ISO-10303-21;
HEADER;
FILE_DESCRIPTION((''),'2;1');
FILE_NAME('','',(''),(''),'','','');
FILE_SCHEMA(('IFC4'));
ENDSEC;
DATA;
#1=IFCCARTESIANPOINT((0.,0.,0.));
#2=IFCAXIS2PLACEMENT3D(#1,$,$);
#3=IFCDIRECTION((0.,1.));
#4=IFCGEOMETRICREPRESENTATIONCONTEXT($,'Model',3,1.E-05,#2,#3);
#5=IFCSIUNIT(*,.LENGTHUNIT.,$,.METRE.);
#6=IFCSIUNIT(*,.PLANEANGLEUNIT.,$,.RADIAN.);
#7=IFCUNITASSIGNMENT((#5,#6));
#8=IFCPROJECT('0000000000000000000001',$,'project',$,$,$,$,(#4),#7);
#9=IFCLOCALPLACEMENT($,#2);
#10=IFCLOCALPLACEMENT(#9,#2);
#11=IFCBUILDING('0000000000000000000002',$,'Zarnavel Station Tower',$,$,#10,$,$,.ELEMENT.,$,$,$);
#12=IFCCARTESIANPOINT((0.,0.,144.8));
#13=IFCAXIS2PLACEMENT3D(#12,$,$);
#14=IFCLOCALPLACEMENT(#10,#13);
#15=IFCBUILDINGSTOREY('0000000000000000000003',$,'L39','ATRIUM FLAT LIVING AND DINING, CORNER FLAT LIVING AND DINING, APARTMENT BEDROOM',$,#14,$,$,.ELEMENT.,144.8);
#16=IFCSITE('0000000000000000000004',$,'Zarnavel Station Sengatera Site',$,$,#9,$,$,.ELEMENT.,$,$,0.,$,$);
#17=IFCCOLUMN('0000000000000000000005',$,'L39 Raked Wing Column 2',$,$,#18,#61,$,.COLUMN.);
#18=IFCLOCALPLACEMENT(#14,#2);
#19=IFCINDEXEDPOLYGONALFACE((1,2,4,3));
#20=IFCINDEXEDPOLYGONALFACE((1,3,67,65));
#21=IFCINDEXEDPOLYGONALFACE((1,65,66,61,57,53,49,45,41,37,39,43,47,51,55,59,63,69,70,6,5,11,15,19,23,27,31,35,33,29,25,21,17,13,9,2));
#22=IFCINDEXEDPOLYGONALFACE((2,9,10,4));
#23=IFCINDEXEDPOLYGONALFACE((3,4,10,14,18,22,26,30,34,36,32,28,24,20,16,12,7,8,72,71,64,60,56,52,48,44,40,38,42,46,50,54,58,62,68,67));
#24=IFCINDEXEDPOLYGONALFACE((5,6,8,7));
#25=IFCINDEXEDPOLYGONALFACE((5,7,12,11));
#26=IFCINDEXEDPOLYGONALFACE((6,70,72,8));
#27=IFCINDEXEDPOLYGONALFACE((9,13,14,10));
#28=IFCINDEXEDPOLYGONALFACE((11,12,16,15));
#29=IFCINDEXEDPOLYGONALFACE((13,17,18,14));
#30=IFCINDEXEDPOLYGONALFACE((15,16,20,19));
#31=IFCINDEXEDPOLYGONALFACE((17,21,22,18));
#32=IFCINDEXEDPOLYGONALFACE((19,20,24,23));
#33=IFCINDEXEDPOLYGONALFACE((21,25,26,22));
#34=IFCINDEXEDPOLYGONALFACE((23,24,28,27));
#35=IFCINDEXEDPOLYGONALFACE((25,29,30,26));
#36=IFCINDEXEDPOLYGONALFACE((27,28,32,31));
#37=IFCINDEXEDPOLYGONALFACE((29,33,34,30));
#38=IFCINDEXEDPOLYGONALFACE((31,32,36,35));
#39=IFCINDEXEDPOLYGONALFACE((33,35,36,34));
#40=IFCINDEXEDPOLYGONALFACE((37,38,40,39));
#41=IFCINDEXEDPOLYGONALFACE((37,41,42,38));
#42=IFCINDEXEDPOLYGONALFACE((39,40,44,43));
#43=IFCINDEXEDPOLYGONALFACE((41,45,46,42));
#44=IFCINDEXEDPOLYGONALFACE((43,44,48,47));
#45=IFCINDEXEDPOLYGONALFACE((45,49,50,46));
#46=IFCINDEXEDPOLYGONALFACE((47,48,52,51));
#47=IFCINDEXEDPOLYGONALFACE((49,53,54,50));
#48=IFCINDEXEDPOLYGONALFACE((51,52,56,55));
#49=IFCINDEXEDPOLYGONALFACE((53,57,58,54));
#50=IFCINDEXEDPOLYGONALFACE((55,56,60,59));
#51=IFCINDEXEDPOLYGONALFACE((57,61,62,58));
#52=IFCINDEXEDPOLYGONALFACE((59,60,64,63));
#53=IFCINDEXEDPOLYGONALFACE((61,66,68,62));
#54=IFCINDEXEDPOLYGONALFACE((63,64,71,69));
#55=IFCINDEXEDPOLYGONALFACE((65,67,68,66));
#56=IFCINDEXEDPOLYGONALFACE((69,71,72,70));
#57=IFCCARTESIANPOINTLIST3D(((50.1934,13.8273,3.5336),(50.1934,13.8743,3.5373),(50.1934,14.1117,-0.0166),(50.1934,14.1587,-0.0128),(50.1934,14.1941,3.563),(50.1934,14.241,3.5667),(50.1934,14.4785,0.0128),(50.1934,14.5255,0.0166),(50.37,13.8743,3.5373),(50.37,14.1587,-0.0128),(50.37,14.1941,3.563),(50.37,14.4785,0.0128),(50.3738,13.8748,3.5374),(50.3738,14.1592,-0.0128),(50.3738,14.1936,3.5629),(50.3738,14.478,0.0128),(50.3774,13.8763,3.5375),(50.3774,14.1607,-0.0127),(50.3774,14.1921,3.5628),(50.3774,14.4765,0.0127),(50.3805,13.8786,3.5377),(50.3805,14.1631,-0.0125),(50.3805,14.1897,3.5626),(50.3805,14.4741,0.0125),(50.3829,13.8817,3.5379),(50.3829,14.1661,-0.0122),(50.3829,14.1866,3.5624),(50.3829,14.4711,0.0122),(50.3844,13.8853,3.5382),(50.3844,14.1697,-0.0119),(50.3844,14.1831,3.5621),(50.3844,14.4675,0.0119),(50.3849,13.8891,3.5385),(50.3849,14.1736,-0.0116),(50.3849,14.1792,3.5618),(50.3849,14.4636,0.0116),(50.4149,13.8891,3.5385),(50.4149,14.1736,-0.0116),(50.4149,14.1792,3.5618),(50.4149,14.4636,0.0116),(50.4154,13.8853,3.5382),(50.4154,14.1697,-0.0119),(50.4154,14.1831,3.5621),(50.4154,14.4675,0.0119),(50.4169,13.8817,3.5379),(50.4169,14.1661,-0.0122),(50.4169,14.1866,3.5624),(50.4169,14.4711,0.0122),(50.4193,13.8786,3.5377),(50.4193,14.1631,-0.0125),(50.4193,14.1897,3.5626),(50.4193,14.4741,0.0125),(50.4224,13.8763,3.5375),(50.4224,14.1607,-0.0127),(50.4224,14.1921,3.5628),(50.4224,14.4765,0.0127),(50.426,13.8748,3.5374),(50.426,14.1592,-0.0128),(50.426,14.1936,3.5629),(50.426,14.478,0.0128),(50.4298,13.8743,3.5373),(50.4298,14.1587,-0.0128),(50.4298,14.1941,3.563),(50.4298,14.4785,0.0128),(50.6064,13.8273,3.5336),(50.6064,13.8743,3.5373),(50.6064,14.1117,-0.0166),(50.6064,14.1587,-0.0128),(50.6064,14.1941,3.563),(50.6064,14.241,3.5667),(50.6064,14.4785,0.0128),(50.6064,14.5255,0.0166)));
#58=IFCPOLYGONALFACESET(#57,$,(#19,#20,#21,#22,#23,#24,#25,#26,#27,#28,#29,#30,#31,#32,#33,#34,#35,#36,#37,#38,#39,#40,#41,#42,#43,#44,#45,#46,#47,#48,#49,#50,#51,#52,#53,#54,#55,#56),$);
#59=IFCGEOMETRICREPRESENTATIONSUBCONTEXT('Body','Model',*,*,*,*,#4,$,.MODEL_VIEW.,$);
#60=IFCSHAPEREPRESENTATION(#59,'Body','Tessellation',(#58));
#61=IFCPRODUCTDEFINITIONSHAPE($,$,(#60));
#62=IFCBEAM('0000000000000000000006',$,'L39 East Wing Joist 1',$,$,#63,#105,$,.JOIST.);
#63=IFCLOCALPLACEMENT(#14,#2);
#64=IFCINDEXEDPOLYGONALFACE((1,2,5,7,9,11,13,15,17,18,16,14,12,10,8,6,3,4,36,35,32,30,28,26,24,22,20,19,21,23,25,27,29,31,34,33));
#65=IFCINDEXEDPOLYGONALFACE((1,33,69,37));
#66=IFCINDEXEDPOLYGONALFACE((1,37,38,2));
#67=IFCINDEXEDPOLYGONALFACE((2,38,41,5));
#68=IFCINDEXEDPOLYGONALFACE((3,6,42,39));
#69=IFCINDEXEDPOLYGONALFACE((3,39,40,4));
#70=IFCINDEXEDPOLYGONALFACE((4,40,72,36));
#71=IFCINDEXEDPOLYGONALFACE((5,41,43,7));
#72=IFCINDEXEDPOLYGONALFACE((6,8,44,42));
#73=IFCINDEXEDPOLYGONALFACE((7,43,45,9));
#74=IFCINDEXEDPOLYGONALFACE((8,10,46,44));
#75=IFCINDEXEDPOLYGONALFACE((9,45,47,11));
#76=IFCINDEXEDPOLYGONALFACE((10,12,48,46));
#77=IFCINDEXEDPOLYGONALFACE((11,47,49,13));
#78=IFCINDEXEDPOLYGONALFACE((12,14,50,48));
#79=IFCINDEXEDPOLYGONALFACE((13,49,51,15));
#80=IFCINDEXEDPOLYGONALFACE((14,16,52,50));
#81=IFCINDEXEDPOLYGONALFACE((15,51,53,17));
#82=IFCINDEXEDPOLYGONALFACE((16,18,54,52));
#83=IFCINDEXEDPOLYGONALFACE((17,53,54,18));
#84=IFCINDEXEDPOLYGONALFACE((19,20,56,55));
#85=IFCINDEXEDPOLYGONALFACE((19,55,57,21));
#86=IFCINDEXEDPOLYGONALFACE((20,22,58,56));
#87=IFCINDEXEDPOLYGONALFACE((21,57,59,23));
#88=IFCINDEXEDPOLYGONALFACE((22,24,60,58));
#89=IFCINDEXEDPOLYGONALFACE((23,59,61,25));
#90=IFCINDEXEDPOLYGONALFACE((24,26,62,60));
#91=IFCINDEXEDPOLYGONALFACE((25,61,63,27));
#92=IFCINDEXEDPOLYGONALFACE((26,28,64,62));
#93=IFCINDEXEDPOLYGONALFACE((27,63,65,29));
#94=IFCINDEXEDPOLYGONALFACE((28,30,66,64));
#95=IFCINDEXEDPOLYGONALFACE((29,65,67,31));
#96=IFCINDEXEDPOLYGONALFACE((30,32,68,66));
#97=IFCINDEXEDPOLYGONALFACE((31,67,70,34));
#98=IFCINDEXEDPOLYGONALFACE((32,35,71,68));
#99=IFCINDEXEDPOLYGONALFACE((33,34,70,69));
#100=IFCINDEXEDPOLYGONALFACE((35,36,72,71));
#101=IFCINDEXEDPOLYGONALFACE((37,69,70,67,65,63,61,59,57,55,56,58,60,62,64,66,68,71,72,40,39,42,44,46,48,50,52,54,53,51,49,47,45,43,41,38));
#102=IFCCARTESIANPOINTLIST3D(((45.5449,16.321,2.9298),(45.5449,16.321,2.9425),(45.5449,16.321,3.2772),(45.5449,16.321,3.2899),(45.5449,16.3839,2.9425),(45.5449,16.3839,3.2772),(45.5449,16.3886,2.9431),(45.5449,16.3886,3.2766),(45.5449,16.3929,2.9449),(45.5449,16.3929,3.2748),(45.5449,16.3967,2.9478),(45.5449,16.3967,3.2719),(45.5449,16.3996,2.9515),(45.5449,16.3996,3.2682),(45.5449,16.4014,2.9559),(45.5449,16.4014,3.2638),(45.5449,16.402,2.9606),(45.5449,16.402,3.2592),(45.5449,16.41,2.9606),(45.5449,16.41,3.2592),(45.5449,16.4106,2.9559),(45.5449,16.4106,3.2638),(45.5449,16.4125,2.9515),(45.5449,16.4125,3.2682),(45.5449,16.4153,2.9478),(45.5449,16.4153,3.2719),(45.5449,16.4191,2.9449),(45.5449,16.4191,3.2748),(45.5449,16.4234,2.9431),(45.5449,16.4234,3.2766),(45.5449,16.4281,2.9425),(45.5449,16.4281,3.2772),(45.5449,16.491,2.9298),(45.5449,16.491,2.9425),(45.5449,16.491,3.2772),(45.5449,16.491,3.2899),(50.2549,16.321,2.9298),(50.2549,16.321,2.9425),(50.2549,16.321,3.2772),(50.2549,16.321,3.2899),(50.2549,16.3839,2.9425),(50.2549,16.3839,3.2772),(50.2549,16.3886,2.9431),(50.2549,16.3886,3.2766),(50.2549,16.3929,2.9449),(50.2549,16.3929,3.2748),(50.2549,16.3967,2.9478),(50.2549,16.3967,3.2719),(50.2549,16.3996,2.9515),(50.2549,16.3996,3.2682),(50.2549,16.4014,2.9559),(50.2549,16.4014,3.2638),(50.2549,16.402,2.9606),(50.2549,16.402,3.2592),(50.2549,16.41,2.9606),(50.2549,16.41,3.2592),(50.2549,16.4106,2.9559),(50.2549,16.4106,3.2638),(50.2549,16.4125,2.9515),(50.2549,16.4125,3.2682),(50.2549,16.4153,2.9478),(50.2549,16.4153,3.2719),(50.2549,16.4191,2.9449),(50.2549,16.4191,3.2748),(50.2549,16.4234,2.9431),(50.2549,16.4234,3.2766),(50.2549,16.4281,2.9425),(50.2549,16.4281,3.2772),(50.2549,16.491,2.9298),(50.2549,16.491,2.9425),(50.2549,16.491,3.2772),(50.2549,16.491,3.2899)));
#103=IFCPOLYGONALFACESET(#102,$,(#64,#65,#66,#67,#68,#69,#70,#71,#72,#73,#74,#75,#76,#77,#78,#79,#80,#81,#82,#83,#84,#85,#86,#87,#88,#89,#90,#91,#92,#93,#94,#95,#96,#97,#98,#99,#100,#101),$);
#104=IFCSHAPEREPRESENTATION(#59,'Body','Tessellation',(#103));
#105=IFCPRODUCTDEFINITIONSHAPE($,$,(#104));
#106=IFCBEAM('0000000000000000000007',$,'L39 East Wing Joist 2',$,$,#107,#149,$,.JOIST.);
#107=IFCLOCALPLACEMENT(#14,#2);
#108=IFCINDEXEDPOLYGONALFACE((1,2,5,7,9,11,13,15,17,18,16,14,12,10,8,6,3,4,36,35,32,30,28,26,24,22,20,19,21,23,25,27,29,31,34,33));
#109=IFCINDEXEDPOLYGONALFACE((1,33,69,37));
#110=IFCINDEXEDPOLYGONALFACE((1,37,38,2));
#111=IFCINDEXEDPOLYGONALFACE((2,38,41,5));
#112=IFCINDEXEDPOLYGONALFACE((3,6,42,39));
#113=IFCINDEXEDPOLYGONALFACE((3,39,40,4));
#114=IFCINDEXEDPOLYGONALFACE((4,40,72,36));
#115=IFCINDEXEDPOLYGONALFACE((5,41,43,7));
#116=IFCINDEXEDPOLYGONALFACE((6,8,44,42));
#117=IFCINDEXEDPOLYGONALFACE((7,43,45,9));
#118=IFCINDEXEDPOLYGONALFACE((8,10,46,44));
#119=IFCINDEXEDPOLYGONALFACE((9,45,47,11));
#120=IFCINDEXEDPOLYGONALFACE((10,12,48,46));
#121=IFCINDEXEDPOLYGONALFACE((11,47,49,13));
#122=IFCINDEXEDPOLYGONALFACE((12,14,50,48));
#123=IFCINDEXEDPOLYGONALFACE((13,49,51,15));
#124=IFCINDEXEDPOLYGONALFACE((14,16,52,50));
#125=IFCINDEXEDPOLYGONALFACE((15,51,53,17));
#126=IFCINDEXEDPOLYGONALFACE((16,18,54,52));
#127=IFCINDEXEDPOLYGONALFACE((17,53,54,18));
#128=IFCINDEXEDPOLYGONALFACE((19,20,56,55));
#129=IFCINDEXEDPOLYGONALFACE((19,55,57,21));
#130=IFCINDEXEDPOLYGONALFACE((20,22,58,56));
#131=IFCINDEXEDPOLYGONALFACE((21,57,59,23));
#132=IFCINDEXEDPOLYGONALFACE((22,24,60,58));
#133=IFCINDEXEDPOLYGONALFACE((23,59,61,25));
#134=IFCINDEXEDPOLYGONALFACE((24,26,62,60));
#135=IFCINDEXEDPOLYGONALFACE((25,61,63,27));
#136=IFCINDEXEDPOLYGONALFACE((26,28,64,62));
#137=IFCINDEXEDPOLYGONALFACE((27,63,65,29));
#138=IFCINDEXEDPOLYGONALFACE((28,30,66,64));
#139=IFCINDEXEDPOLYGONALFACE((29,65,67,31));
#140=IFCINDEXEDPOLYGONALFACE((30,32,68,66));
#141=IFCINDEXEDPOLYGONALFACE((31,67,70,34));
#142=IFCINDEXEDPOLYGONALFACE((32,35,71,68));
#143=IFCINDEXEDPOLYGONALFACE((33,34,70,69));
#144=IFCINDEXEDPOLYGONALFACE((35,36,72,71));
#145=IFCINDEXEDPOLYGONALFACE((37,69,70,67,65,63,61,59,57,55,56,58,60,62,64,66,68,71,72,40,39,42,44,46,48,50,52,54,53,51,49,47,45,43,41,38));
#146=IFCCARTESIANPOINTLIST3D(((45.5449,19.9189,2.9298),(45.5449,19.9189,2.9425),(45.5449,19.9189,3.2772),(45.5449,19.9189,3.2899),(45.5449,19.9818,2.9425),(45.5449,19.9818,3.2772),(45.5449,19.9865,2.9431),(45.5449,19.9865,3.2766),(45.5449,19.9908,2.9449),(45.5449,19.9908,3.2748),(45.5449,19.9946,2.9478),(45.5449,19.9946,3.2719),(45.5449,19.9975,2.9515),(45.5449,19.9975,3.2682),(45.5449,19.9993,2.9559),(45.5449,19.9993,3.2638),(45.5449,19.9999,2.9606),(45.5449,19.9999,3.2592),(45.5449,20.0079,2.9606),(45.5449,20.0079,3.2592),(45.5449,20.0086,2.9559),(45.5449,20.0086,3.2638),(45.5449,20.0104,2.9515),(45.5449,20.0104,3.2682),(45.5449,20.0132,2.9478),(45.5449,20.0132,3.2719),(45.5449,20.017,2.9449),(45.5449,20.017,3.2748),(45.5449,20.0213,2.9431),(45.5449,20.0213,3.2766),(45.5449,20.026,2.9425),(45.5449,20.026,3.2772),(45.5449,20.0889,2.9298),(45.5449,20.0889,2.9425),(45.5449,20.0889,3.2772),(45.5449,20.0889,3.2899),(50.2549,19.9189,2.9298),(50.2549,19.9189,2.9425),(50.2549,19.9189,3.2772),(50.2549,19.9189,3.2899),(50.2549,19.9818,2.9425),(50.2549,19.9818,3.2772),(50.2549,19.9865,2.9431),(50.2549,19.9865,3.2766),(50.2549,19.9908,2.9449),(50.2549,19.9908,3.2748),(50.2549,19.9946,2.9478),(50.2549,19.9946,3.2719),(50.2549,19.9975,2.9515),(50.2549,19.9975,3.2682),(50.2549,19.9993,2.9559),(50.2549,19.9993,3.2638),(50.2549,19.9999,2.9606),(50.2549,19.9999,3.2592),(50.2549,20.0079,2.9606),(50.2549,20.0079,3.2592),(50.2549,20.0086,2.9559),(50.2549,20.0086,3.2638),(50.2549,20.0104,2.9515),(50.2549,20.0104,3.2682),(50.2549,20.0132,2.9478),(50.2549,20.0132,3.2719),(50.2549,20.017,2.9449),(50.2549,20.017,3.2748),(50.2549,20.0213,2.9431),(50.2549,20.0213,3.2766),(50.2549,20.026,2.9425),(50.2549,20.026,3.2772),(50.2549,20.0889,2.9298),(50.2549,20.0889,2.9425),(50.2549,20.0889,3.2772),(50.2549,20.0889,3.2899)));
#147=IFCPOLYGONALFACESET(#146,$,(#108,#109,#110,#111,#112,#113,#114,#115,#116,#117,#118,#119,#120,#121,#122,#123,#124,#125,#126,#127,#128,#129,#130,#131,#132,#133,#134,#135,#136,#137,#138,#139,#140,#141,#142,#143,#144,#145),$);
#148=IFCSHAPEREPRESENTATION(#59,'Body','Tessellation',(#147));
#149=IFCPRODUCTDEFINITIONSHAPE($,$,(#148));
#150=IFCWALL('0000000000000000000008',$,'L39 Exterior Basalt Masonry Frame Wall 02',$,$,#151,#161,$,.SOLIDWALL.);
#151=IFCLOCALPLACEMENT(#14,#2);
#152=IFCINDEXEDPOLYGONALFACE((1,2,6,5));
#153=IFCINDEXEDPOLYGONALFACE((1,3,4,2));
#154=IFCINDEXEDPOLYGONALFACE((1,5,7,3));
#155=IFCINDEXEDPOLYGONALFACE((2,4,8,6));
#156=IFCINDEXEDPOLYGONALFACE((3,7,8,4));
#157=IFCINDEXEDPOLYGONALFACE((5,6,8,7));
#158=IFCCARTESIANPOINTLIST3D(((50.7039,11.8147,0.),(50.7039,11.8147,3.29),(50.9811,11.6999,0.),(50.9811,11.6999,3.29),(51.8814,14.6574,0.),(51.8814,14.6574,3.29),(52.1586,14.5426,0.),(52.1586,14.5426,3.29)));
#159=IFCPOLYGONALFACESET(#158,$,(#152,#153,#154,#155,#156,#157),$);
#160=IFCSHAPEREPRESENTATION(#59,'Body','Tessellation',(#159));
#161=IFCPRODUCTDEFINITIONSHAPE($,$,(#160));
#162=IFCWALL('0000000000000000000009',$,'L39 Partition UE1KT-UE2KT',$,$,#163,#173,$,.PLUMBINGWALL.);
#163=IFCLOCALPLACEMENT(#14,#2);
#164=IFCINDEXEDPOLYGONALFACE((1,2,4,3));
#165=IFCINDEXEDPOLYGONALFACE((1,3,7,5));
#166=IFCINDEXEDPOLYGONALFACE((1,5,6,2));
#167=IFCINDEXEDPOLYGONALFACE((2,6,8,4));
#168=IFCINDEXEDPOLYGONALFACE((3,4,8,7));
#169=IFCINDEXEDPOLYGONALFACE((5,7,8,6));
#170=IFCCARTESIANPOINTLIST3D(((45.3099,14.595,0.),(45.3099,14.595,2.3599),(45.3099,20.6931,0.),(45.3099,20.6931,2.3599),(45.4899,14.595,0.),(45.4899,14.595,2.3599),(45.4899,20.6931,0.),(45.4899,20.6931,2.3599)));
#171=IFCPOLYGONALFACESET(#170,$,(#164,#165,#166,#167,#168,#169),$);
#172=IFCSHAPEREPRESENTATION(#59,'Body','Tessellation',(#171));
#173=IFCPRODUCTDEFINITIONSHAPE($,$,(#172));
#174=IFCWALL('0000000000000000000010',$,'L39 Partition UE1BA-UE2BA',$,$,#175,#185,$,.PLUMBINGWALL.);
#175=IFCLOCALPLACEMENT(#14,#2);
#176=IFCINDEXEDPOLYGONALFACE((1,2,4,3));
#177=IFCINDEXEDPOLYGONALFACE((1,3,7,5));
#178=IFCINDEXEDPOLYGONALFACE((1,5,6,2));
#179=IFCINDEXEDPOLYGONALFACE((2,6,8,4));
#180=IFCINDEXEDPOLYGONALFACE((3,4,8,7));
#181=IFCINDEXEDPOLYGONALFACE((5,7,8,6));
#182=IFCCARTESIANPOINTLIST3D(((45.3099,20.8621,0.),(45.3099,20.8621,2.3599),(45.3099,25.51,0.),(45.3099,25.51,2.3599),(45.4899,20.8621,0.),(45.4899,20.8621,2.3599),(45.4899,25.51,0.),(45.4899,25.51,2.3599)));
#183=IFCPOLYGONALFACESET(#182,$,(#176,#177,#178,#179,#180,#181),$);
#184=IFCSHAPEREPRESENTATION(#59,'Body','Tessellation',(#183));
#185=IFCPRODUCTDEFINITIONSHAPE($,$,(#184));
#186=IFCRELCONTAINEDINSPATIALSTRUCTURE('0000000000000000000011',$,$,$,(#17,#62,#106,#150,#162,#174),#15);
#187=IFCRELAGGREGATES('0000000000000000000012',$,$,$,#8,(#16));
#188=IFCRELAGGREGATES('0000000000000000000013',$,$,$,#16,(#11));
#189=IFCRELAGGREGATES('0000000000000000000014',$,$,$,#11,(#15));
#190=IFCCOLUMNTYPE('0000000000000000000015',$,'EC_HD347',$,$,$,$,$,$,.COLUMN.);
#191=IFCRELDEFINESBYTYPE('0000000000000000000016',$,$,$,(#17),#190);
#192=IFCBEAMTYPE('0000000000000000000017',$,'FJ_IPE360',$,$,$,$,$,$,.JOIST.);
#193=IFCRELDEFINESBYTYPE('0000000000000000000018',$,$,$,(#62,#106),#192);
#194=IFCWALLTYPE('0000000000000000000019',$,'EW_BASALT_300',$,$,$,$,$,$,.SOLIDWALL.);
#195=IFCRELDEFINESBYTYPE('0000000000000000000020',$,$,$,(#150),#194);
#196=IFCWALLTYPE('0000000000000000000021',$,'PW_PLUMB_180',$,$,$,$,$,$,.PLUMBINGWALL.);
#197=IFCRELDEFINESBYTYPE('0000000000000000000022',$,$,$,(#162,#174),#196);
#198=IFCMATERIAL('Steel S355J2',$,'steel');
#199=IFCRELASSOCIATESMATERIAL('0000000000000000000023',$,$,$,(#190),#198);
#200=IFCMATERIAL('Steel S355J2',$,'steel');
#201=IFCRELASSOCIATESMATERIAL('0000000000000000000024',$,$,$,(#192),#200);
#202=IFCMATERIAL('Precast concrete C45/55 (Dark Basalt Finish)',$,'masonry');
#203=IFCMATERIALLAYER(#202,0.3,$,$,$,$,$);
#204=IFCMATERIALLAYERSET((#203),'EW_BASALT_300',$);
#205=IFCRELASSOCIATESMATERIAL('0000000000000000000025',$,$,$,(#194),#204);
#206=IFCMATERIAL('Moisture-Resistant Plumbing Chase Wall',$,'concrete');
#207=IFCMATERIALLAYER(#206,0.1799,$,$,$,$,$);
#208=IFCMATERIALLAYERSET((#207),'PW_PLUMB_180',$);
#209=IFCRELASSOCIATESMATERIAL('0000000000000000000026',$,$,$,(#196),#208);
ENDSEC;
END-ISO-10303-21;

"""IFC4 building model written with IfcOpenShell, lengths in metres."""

from ifc_helpers import new_model, si_unit, direction, frame, frame_2d, origin, origin_2d, place, context, subcontext, project, spatial, rectangle, i_section, extrude, material, layer, layer_set, material_profile, profile_set, type_object, element, save


model = new_model("IFC4")

# Units and contexts
model_context = context("Model", 3, precision=1e-05, world=origin(), true_north=direction((0.0, 1.0)))
body_context = subcontext(model_context, "Body", "Model", "MODEL_VIEW")
ifc_project = project(units=[si_unit("LENGTHUNIT", "METRE"), si_unit("PLANEANGLEUNIT", "RADIAN")], contexts=[model_context])

# Site, building, storey
site_placement = place(None, origin())
site = spatial("IfcSite", under=ifc_project, at=site_placement, Name="Zarnavel Station Sengatera Site", CompositionType="ELEMENT", RefElevation=0.0)
building_placement = place(site_placement, origin())
building = spatial("IfcBuilding", under=site, at=building_placement, Name="Zarnavel Station Tower", CompositionType="ELEMENT")
storey_placement = place(building_placement, frame((0.0, 0.0, 144.8)))
storey = spatial("IfcBuildingStorey", under=building, at=storey_placement, Name="L39", Description="ATRIUM FLAT LIVING AND DINING, CORNER FLAT LIVING AND DINING, APARTMENT BEDROOM", CompositionType="ELEMENT", Elevation=144.8)

# Column
ifc_material_1 = material(Name="Steel S355J2", Category="steel")
ifc_material_profile_1 = material_profile(ifc_material_1, i_section(OverallWidth=0.4131, OverallDepth=0.415, WebThickness=0.03, FlangeThickness=0.0471, FilletRadius=0.0149, at=origin_2d()), Name="HD400x347")
ifc_profile_set_1 = profile_set([ifc_material_profile_1], Name="Steel S355J2")
column_type = type_object("IfcColumnType", Name="EC_HD347", PredefinedType="COLUMN", material=ifc_profile_set_1)
column_placement = place(storey_placement, frame((50.3999, 14.3186, 0.0), z_axis=(0.0, -0.079862, 0.996806), x_axis=(1.0, 0.0, 0.0)))
element("IfcColumn", 1, at=column_placement, inside=storey, type_object=column_type, Name="L39 Raked Wing Column 2", PredefinedType="COLUMN", context=body_context, shape_type="SweptSolid", body=[
    extrude(i_section(OverallWidth=0.4131, OverallDepth=0.415, WebThickness=0.03, FlangeThickness=0.0471, FilletRadius=0.0149, at=origin_2d()), origin(), (0.0, 0.0, 1.0), 3.5615),
])

# Beams
ifc_material_2 = material(Name="Steel S355J2", Category="steel")
ifc_material_profile_2 = material_profile(ifc_material_2, i_section(OverallWidth=0.1699, OverallDepth=0.3601, WebThickness=0.0081, FlangeThickness=0.0127, FilletRadius=0.0181, at=origin_2d()), Name="IPE360")
ifc_profile_set_2 = profile_set([ifc_material_profile_2], Name="Steel S355J2")
beam_type = type_object("IfcBeamType", Name="FJ_IPE360", PredefinedType="JOIST", material=ifc_profile_set_2)
for number, where, z_axis, x_axis, name in (
    (2, (45.5449, 16.406, 3.1099), (1.0, 0.0, 0.0), (0.0, 1.0, 0.0), "L39 East Wing Joist 1"),
    (3, (45.5449, 20.0039, 3.1099), (1.0, 0.0, 0.0), (0.0, 1.0, 0.0), "L39 East Wing Joist 2"),
):
    element("IfcBeam", number, at=place(storey_placement, frame(where, z_axis=z_axis, x_axis=x_axis)), inside=storey, type_object=beam_type, Name=name, PredefinedType="JOIST", context=body_context, shape_type="SweptSolid", body=[
        extrude(i_section(OverallWidth=0.1699, OverallDepth=0.3601, WebThickness=0.0081, FlangeThickness=0.0127, FilletRadius=0.0181, at=origin_2d()), origin(), (0.0, 0.0, 1.0), 4.71),
    ])

# Walls
ifc_material_3 = material(Name="Precast concrete C45/55 (Dark Basalt Finish)", Category="masonry")
ifc_layer_1 = layer(ifc_material_3, 0.3)
ifc_layer_set_1 = layer_set([ifc_layer_1], Name="EW_BASALT_300")
wall_type_1 = type_object("IfcWallType", Name="EW_BASALT_300", PredefinedType="SOLIDWALL", material=ifc_layer_set_1)
wall_1_placement = place(storey_placement, frame((52.02, 14.6001, 0.0), z_axis=(0.0, 0.0, 1.0), x_axis=(-0.382676, -0.923882, 0.0)))
element("IfcWall", 4, at=wall_1_placement, inside=storey, type_object=wall_type_1, Name="L39 Exterior Basalt Masonry Frame Wall 02", PredefinedType="SOLIDWALL", context=body_context, shape_type="SweptSolid", body=[
    extrude(rectangle(XDim=3.0769, YDim=0.3, at=frame_2d((1.5386, 0.0))), origin(), (0.0, 0.0, 1.0), 3.29),
])
ifc_material_4 = material(Name="Moisture-Resistant Plumbing Chase Wall", Category="concrete")
ifc_layer_2 = layer(ifc_material_4, 0.1799)
ifc_layer_set_2 = layer_set([ifc_layer_2], Name="PW_PLUMB_180")
wall_type_2 = type_object("IfcWallType", Name="PW_PLUMB_180", PredefinedType="PLUMBINGWALL", material=ifc_layer_set_2)
wall_2_placement = place(storey_placement, frame((45.3999, 14.595, 0.0), z_axis=(0.0, 0.0, 1.0), x_axis=(0.0, 1.0, 0.0)))
element("IfcWall", 5, at=wall_2_placement, inside=storey, type_object=wall_type_2, Name="L39 Partition UE1KT-UE2KT", PredefinedType="PLUMBINGWALL", context=body_context, shape_type="SweptSolid", body=[
    extrude(rectangle(XDim=6.0981, YDim=0.1799, at=frame_2d((3.0491, 0.0))), origin(), (0.0, 0.0, 1.0), 2.3599),
])
wall_3_placement = place(storey_placement, frame((45.3999, 20.8621, 0.0), z_axis=(0.0, 0.0, 1.0), x_axis=(0.0, 1.0, 0.0)))
element("IfcWall", 6, at=wall_3_placement, inside=storey, type_object=wall_type_2, Name="L39 Partition UE1BA-UE2BA", PredefinedType="PLUMBINGWALL", context=body_context, shape_type="SweptSolid", body=[
    extrude(rectangle(XDim=4.6479, YDim=0.1799, at=frame_2d((2.324, 0.0))), origin(), (0.0, 0.0, 1.0), 2.3599),
])

save(model, "model.ifc")
